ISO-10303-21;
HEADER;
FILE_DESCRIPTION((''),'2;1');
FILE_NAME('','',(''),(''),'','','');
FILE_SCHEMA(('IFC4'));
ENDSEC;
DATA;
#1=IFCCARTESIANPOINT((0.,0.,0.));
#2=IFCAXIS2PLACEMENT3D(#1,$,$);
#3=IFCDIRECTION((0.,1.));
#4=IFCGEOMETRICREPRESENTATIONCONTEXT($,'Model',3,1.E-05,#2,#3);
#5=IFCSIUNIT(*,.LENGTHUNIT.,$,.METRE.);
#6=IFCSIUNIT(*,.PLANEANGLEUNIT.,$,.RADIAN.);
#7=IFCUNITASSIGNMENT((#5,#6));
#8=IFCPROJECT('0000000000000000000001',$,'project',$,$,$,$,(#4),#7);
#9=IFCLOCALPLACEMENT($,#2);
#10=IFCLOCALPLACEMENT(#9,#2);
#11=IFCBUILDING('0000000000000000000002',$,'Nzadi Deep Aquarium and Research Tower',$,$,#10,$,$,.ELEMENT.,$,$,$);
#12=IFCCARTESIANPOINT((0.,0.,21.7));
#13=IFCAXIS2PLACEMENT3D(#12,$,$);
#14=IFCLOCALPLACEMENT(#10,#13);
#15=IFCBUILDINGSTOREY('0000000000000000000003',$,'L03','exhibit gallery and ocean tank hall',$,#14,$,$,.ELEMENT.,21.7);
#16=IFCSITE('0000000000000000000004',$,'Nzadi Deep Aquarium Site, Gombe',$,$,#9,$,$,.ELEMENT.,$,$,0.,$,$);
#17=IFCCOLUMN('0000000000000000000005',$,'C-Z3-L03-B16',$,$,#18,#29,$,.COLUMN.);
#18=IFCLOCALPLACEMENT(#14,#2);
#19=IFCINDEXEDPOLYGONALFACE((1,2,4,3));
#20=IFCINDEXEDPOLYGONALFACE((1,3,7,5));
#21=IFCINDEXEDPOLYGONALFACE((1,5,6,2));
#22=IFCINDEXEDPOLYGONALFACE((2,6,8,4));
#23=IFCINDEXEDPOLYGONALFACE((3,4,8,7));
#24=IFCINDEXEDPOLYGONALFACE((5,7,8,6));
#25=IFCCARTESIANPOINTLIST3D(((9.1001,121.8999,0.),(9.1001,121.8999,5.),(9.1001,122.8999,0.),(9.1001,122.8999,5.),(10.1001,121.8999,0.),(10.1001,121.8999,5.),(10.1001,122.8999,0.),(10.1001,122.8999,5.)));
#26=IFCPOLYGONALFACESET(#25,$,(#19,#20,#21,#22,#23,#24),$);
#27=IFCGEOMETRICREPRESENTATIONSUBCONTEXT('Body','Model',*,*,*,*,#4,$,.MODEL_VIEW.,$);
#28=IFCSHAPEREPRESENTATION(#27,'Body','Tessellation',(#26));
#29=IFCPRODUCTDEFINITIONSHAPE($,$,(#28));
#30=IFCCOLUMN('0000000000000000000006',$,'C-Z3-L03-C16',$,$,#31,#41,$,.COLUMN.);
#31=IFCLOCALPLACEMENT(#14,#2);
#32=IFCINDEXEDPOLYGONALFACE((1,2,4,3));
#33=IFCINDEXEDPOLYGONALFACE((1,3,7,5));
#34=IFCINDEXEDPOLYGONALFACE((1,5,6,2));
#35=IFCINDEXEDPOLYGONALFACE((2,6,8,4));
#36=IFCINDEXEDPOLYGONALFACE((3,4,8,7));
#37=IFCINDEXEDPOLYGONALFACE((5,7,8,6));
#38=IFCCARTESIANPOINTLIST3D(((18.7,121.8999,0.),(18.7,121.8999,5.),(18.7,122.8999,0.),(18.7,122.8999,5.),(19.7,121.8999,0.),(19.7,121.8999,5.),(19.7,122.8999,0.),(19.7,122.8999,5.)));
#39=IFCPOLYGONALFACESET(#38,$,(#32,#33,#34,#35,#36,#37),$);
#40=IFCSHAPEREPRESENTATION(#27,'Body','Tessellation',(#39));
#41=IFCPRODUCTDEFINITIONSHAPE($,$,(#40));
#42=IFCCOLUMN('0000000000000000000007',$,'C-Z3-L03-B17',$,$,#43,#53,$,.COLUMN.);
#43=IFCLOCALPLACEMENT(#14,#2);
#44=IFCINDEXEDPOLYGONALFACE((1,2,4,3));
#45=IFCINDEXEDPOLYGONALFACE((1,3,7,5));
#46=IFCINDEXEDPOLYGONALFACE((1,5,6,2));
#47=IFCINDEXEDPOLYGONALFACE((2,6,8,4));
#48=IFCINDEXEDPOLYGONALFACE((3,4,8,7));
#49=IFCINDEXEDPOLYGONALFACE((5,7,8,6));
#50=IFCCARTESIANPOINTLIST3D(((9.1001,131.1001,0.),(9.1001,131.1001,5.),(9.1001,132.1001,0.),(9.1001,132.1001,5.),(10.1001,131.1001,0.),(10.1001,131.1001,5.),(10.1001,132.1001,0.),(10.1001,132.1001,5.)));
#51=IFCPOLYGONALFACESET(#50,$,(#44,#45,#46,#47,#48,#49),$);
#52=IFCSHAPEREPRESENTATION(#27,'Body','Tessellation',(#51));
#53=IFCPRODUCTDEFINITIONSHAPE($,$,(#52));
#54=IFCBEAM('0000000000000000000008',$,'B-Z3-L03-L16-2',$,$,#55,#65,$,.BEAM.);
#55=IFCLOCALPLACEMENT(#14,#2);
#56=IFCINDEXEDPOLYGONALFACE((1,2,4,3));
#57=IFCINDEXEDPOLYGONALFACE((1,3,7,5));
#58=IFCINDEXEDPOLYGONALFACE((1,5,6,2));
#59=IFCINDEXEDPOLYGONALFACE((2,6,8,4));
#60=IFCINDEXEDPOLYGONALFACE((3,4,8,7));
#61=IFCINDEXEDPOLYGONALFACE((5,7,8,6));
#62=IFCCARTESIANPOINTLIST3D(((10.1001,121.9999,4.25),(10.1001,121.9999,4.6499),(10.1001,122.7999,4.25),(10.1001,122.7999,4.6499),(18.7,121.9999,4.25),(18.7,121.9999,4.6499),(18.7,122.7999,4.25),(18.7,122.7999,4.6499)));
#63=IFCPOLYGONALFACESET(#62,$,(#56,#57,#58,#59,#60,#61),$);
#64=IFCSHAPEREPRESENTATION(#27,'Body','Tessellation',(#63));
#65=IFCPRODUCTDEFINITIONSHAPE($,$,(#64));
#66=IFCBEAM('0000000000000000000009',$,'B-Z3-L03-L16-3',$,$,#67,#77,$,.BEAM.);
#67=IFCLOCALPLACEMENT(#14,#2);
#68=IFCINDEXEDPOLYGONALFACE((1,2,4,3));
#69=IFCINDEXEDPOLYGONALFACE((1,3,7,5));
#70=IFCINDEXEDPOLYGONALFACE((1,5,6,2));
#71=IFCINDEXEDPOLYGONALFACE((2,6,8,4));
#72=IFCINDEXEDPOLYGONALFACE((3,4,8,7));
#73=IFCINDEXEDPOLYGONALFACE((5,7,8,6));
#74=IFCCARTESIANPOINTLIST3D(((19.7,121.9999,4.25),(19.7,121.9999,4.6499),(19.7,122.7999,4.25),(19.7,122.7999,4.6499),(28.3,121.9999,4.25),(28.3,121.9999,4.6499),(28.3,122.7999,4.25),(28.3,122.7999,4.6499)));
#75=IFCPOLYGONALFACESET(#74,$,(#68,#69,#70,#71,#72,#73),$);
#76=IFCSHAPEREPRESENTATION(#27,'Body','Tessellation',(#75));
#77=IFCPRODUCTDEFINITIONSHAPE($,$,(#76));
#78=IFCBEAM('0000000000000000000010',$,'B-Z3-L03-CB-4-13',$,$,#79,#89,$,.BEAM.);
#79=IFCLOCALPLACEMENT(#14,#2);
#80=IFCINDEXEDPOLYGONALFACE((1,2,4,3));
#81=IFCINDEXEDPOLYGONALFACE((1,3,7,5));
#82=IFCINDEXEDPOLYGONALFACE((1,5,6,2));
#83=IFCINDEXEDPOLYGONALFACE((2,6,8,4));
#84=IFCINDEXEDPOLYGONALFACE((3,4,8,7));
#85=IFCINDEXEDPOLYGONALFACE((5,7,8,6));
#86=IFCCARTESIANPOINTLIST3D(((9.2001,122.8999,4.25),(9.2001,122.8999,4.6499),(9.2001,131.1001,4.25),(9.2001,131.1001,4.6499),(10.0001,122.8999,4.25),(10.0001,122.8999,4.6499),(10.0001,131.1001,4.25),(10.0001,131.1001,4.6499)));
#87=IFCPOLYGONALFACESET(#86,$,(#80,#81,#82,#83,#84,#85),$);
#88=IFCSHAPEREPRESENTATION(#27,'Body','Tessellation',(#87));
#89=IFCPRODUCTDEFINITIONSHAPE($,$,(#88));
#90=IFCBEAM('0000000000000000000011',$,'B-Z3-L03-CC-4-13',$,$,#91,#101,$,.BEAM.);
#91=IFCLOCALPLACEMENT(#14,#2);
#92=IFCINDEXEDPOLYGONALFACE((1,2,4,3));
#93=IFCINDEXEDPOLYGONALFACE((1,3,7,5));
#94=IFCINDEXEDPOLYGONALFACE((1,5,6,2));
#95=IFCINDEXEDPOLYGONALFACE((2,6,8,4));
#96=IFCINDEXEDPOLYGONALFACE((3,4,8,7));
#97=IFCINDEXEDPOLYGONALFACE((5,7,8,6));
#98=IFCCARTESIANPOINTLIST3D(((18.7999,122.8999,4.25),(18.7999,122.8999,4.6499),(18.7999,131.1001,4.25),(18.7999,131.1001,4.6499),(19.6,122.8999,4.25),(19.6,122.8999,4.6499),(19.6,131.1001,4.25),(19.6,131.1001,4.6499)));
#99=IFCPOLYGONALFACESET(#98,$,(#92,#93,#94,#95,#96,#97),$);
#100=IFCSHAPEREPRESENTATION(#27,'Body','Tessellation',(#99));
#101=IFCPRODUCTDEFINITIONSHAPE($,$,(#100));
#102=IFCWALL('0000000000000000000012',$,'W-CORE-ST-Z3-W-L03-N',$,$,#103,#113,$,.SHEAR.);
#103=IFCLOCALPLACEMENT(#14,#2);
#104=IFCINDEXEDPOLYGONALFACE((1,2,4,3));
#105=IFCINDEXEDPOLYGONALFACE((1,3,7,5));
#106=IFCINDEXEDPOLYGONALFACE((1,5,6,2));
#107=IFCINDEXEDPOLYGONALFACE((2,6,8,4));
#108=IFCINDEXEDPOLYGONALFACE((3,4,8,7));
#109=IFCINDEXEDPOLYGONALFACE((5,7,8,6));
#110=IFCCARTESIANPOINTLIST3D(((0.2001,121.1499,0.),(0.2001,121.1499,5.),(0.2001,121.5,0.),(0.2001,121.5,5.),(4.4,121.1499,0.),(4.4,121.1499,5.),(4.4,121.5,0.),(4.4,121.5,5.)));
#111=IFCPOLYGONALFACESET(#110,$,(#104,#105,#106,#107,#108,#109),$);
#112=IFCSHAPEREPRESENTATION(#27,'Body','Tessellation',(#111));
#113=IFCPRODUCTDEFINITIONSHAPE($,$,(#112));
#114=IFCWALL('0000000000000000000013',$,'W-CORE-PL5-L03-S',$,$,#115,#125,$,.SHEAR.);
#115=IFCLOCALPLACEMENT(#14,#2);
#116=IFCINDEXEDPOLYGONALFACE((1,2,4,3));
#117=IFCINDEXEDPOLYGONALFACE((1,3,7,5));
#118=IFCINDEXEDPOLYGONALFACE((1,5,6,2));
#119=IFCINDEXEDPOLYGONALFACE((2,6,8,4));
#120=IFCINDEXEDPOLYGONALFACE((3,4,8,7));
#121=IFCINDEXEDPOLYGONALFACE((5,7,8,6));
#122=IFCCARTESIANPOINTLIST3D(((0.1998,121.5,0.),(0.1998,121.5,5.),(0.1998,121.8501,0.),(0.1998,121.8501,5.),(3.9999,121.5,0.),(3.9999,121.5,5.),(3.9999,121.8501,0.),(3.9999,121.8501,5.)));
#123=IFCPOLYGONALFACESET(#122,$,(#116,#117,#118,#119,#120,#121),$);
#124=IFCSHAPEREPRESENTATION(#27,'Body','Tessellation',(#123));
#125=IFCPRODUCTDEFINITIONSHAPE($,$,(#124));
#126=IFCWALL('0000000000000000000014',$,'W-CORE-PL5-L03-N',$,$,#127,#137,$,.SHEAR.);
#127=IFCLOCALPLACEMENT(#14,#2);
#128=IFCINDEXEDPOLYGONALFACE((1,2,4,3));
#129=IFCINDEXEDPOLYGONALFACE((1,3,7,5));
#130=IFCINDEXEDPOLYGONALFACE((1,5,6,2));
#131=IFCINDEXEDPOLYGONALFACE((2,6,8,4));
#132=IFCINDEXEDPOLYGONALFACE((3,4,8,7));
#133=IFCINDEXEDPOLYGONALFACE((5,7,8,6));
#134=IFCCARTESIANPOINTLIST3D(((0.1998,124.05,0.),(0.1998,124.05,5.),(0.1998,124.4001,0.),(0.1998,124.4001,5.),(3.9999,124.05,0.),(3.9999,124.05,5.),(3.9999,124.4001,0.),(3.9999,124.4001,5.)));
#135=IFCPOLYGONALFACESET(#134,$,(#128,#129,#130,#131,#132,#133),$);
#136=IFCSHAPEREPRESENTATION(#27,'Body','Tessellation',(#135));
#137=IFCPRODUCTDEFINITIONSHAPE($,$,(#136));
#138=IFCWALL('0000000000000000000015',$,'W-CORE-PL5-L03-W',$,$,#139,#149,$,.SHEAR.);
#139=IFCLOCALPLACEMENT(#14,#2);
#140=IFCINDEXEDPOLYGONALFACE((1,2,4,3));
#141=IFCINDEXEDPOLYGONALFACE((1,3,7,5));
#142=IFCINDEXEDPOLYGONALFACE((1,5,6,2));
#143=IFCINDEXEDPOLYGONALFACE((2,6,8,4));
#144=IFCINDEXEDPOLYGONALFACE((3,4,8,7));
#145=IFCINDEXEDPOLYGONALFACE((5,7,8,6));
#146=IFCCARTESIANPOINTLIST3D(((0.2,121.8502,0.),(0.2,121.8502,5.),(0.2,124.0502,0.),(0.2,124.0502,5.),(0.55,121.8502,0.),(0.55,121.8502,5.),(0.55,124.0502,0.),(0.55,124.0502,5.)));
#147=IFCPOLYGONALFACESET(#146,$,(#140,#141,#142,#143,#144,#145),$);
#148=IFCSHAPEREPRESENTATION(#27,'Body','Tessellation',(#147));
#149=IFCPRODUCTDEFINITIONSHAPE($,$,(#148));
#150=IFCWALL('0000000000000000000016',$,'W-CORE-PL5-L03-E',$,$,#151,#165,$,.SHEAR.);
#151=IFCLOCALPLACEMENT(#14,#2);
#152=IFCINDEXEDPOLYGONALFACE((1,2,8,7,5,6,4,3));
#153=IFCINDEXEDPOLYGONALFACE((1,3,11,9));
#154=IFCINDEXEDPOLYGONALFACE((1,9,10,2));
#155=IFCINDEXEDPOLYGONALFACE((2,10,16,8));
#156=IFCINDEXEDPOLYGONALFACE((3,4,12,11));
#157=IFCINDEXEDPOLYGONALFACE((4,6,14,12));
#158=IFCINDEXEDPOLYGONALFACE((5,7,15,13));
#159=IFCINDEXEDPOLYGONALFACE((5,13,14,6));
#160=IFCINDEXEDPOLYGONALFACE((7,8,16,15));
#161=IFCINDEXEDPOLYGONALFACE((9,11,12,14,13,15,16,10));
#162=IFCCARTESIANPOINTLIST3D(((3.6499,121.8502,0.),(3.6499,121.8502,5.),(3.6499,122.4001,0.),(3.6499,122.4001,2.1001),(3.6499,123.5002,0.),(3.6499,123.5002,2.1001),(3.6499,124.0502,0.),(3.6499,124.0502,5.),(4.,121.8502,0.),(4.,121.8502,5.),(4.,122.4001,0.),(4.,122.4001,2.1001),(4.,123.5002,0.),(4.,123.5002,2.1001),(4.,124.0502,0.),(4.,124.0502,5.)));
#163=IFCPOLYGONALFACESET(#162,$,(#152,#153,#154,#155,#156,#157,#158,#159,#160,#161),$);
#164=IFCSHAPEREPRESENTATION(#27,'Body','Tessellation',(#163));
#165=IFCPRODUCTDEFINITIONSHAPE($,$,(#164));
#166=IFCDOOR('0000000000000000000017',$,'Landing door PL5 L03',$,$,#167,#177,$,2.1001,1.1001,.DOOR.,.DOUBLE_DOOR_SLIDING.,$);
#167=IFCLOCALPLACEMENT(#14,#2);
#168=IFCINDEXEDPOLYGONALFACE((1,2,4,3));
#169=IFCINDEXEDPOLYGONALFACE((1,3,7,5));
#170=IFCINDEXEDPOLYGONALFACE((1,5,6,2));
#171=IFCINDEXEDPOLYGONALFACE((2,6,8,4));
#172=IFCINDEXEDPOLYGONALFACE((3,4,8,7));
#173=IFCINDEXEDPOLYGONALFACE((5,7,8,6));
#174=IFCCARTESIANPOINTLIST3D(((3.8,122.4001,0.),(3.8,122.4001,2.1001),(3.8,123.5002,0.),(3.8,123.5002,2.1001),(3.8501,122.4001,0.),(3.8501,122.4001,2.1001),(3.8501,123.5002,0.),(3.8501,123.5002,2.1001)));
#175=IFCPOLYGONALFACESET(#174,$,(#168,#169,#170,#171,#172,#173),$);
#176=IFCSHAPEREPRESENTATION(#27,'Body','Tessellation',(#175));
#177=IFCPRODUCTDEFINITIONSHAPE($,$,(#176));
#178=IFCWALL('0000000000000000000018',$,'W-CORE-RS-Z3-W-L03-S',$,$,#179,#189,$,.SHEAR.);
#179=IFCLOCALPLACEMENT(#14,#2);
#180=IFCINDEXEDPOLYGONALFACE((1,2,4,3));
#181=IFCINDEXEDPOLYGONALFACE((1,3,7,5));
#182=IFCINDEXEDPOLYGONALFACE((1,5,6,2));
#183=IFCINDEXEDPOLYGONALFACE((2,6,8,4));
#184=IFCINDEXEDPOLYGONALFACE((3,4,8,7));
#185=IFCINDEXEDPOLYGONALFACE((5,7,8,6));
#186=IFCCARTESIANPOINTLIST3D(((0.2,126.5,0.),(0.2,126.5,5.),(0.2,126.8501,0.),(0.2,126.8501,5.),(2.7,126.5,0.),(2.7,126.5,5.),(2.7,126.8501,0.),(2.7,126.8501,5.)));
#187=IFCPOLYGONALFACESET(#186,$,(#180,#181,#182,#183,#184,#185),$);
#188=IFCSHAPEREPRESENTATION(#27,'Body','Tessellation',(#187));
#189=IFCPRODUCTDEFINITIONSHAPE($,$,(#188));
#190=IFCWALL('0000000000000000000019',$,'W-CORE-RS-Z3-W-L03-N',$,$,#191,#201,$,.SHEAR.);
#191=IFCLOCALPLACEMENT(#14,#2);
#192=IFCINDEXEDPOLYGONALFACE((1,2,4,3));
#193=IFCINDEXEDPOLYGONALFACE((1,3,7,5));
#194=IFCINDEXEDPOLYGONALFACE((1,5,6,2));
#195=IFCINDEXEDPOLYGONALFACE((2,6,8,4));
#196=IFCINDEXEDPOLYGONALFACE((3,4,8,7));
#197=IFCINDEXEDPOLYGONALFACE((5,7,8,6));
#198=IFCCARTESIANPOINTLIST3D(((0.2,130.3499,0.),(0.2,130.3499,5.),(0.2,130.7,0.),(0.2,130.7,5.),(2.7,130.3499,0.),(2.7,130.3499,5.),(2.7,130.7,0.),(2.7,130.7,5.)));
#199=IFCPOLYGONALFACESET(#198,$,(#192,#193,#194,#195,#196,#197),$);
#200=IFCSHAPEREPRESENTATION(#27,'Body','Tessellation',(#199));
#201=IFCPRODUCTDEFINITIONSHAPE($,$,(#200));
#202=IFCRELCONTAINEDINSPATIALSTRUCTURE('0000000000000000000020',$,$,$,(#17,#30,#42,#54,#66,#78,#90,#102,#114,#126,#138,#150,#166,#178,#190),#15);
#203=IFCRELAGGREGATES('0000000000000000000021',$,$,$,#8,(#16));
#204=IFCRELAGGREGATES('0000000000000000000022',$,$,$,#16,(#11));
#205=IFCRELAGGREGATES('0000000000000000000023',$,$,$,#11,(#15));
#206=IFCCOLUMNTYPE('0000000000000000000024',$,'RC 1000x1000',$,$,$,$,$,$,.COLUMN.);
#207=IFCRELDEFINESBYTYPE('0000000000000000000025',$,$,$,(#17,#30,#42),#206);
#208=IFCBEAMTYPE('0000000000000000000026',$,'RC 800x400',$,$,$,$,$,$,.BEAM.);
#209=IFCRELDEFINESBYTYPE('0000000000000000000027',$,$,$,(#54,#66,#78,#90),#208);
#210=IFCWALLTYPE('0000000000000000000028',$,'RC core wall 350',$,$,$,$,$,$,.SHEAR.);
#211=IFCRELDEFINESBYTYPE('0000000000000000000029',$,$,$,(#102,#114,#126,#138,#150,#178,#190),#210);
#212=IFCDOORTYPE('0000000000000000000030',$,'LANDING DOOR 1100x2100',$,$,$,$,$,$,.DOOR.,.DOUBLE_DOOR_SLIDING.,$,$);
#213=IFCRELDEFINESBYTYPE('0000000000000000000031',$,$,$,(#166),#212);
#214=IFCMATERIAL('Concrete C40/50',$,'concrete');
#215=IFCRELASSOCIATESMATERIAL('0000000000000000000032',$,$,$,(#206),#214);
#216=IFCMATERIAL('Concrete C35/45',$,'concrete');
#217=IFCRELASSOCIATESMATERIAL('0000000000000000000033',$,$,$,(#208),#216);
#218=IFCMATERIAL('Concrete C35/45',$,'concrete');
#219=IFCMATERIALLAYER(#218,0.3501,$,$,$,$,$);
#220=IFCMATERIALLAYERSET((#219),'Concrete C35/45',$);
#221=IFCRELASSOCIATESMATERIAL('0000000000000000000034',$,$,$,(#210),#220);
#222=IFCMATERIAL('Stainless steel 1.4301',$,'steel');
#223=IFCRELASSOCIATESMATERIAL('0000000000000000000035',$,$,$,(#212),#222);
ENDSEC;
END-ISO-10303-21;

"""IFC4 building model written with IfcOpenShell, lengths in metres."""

from ifc_helpers import new_model, si_unit, direction, frame, frame_2d, origin, origin_2d, place, context, subcontext, project, spatial, rectangle, extrude, material, layer, layer_set, material_profile, profile_set, type_object, element, fill, save


model = new_model("IFC4")

# Units and contexts
model_context = context("Model", 3, precision=1e-05, world=origin(), true_north=direction((0.0, 1.0)))
body_context = subcontext(model_context, "Body", "Model", "MODEL_VIEW")
ifc_project = project(units=[si_unit("LENGTHUNIT", "METRE"), si_unit("PLANEANGLEUNIT", "RADIAN")], contexts=[model_context])

# Site, building, storey
site_placement = place(None, origin())
site = spatial("IfcSite", under=ifc_project, at=site_placement, Name="Nzadi Deep Aquarium Site, Gombe", CompositionType="ELEMENT", RefElevation=0.0)
building_placement = place(site_placement, origin())
building = spatial("IfcBuilding", under=site, at=building_placement, Name="Nzadi Deep Aquarium and Research Tower", CompositionType="ELEMENT")
storey_placement = place(building_placement, frame((0.0, 0.0, 21.7)))
storey = spatial("IfcBuildingStorey", under=building, at=storey_placement, Name="L03", Description="exhibit gallery and ocean tank hall", CompositionType="ELEMENT", Elevation=21.7)

# Columns
ifc_material_1 = material(Name="Concrete C40/50", Category="concrete")
ifc_material_profile_1 = material_profile(ifc_material_1, rectangle(XDim=1.0, YDim=1.0, at=origin_2d()))
ifc_profile_set_1 = profile_set([ifc_material_profile_1], Name="Concrete C40/50")
column_type = type_object("IfcColumnType", Name="RC 1000x1000", PredefinedType="COLUMN", material=ifc_profile_set_1)
for number, where, z_axis, x_axis, name in (
    (1, (9.6001, 122.3999, 0.0), (0.0, 0.0, 1.0), (1.0, 0.0, 0.0), "C-Z3-L03-B16"),
    (2, (19.2, 122.3999, 0.0), (0.0, 0.0, 1.0), (1.0, 0.0, 0.0), "C-Z3-L03-C16"),
    (3, (9.6001, 131.6001, 0.0), (0.0, 0.0, 1.0), (1.0, 0.0, 0.0), "C-Z3-L03-B17"),
):
    element("IfcColumn", number, at=place(storey_placement, frame(where, z_axis=z_axis, x_axis=x_axis)), inside=storey, type_object=column_type, Name=name, PredefinedType="COLUMN", context=body_context, shape_type="SweptSolid", body=[
        extrude(rectangle(XDim=1.0, YDim=1.0, at=origin_2d()), origin(), (0.0, 0.0, 1.0), 5.0),
    ])

# Beams
ifc_material_2 = material(Name="Concrete C35/45", Category="concrete")
ifc_material_profile_2 = material_profile(ifc_material_2, rectangle(XDim=0.8, YDim=0.3999, at=origin_2d()))
ifc_profile_set_2 = profile_set([ifc_material_profile_2], Name="Concrete C35/45")
beam_type = type_object("IfcBeamType", Name="RC 800x400", PredefinedType="BEAM", material=ifc_profile_set_2)
beam_1_placement = place(storey_placement, frame((10.1001, 122.3999, 4.45), z_axis=(1.0, 0.0, 0.0), x_axis=(0.0, 1.0, 0.0)))
element("IfcBeam", 4, at=beam_1_placement, inside=storey, type_object=beam_type, Name="B-Z3-L03-L16-2", PredefinedType="BEAM", context=body_context, shape_type="SweptSolid", body=[
    extrude(rectangle(XDim=0.8, YDim=0.3999, at=origin_2d()), origin(), (0.0, 0.0, 1.0), 8.5999),
])
beam_2_placement = place(storey_placement, frame((19.7, 122.3999, 4.45), z_axis=(1.0, 0.0, 0.0), x_axis=(0.0, 1.0, 0.0)))
element("IfcBeam", 5, at=beam_2_placement, inside=storey, type_object=beam_type, Name="B-Z3-L03-L16-3", PredefinedType="BEAM", context=body_context, shape_type="SweptSolid", body=[
    extrude(rectangle(XDim=0.8, YDim=0.3999, at=origin_2d()), origin(), (0.0, 0.0, 1.0), 8.6001),
])
for number, where, z_axis, x_axis, name in (
    (6, (9.6001, 122.8999, 4.45), (0.0, 1.0, 0.0), (-1.0, 0.0, 0.0), "B-Z3-L03-CB-4-13"),
    (7, (19.2, 122.8999, 4.45), (0.0, 1.0, 0.0), (-1.0, 0.0, 0.0), "B-Z3-L03-CC-4-13"),
):
    element("IfcBeam", number, at=place(storey_placement, frame(where, z_axis=z_axis, x_axis=x_axis)), inside=storey, type_object=beam_type, Name=name, PredefinedType="BEAM", context=body_context, shape_type="SweptSolid", body=[
        extrude(rectangle(XDim=0.8, YDim=0.3999, at=origin_2d()), origin(), (0.0, 0.0, 1.0), 8.2002),
    ])

# Walls
ifc_material_3 = material(Name="Concrete C35/45", Category="concrete")
ifc_layer_1 = layer(ifc_material_3, 0.3501)
ifc_layer_set_1 = layer_set([ifc_layer_1], Name="Concrete C35/45")
wall_type_1 = type_object("IfcWallType", Name="RC core wall 350", PredefinedType="SHEAR", material=ifc_layer_set_1)
wall_1_placement = place(storey_placement, frame((0.2, 121.325, 0.0), z_axis=(0.0, 0.0, 1.0), x_axis=(1.0, 0.0, 0.0)))
element("IfcWall", 8, at=wall_1_placement, inside=storey, type_object=wall_type_1, Name="W-CORE-ST-Z3-W-L03-N", PredefinedType="SHEAR", context=body_context, shape_type="SweptSolid", body=[
    extrude(rectangle(XDim=4.2, YDim=0.3501, at=frame_2d((2.1001, 0.0))), origin(), (0.0, 0.0, 1.0), 5.0),
])
for number, where, z_axis, x_axis, name in (
    (9, (0.2, 121.675, 0.0), (0.0, 0.0, 1.0), (1.0, 0.0, 0.0), "W-CORE-PL5-L03-S"),
    (10, (0.2, 124.2251, 0.0), (0.0, 0.0, 1.0), (1.0, 0.0, 0.0), "W-CORE-PL5-L03-N"),
):
    element("IfcWall", number, at=place(storey_placement, frame(where, z_axis=z_axis, x_axis=x_axis)), inside=storey, type_object=wall_type_1, Name=name, PredefinedType="SHEAR", context=body_context, shape_type="SweptSolid", body=[
        extrude(rectangle(XDim=3.8, YDim=0.3501, at=frame_2d((1.8999, 0.0))), origin(), (0.0, 0.0, 1.0), 5.0),
    ])
wall_2_placement = place(storey_placement, frame((0.375, 121.8501, 0.0), z_axis=(0.0, 0.0, 1.0), x_axis=(0.0, 1.0, 0.0)))
element("IfcWall", 11, at=wall_2_placement, inside=storey, type_object=wall_type_1, Name="W-CORE-PL5-L03-W", PredefinedType="SHEAR", context=body_context, shape_type="SweptSolid", body=[
    extrude(rectangle(XDim=2.2, YDim=0.3501, at=frame_2d((1.1001, 0.0))), origin(), (0.0, 0.0, 1.0), 5.0),
])

# Wall, opening, door
wall_3_placement = place(storey_placement, frame((3.825, 121.8501, 0.0), z_axis=(0.0, 0.0, 1.0), x_axis=(0.0, 1.0, 0.0)))
wall_3 = element("IfcWall", 12, at=wall_3_placement, inside=storey, type_object=wall_type_1, Name="W-CORE-PL5-L03-E", PredefinedType="SHEAR", context=body_context, shape_type="SweptSolid", body=[
    extrude(rectangle(XDim=2.2, YDim=0.3501, at=frame_2d((1.1001, 0.0))), origin(), (0.0, 0.0, 1.0), 5.0),
])
opening_1_placement = place(wall_3_placement, frame((0.55, 0.0, 0.0)))
opening_1 = element("IfcOpeningElement", 13, at=opening_1_placement, cuts=wall_3, PredefinedType="OPENING", context=body_context, shape_type="SweptSolid", body=[
    extrude(rectangle(XDim=1.1001, YDim=2.1001, at=frame_2d((0.55, 1.05))), frame((0.0, 0.1851, 0.0), z_axis=(0.0, -1.0, 0.0), x_axis=(1.0, 0.0, 0.0)), (0.0, 0.0, 1.0), 0.3701),
])
ifc_material_4 = material(Name="Stainless steel 1.4301", Category="steel")
door_type_1 = type_object("IfcDoorType", Name="LANDING DOOR 1100x2100", OperationType="DOUBLE_DOOR_SLIDING", PredefinedType="DOOR", material=ifc_material_4)
door_1_placement = place(opening_1_placement, origin())
door_1 = element("IfcDoor", 14, at=door_1_placement, inside=storey, type_object=door_type_1, Name="Landing door PL5 L03", OperationType="DOUBLE_DOOR_SLIDING", OverallHeight=2.1001, OverallWidth=1.1001, PredefinedType="DOOR", context=body_context, shape_type="SweptSolid", body=[
    extrude(rectangle(XDim=1.1001, YDim=2.1001, at=frame_2d((0.55, 1.05))), frame((0.0, 0.0249, 0.0), z_axis=(0.0, -1.0, 0.0), x_axis=(1.0, 0.0, 0.0)), (0.0, 0.0, 1.0), 0.05),
])
fill(opening_1, door_1)

# Walls
for number, where, z_axis, x_axis, name in (
    (15, (0.2, 126.675, 0.0), (0.0, 0.0, 1.0), (1.0, 0.0, 0.0), "W-CORE-RS-Z3-W-L03-S"),
    (16, (0.2, 130.5249, 0.0), (0.0, 0.0, 1.0), (1.0, 0.0, 0.0), "W-CORE-RS-Z3-W-L03-N"),
):
    element("IfcWall", number, at=place(storey_placement, frame(where, z_axis=z_axis, x_axis=x_axis)), inside=storey, type_object=wall_type_1, Name=name, PredefinedType="SHEAR", context=body_context, shape_type="SweptSolid", body=[
        extrude(rectangle(XDim=2.5, YDim=0.3501, at=frame_2d((1.25, 0.0))), origin(), (0.0, 0.0, 1.0), 5.0),
    ])

save(model, "model.ifc")
